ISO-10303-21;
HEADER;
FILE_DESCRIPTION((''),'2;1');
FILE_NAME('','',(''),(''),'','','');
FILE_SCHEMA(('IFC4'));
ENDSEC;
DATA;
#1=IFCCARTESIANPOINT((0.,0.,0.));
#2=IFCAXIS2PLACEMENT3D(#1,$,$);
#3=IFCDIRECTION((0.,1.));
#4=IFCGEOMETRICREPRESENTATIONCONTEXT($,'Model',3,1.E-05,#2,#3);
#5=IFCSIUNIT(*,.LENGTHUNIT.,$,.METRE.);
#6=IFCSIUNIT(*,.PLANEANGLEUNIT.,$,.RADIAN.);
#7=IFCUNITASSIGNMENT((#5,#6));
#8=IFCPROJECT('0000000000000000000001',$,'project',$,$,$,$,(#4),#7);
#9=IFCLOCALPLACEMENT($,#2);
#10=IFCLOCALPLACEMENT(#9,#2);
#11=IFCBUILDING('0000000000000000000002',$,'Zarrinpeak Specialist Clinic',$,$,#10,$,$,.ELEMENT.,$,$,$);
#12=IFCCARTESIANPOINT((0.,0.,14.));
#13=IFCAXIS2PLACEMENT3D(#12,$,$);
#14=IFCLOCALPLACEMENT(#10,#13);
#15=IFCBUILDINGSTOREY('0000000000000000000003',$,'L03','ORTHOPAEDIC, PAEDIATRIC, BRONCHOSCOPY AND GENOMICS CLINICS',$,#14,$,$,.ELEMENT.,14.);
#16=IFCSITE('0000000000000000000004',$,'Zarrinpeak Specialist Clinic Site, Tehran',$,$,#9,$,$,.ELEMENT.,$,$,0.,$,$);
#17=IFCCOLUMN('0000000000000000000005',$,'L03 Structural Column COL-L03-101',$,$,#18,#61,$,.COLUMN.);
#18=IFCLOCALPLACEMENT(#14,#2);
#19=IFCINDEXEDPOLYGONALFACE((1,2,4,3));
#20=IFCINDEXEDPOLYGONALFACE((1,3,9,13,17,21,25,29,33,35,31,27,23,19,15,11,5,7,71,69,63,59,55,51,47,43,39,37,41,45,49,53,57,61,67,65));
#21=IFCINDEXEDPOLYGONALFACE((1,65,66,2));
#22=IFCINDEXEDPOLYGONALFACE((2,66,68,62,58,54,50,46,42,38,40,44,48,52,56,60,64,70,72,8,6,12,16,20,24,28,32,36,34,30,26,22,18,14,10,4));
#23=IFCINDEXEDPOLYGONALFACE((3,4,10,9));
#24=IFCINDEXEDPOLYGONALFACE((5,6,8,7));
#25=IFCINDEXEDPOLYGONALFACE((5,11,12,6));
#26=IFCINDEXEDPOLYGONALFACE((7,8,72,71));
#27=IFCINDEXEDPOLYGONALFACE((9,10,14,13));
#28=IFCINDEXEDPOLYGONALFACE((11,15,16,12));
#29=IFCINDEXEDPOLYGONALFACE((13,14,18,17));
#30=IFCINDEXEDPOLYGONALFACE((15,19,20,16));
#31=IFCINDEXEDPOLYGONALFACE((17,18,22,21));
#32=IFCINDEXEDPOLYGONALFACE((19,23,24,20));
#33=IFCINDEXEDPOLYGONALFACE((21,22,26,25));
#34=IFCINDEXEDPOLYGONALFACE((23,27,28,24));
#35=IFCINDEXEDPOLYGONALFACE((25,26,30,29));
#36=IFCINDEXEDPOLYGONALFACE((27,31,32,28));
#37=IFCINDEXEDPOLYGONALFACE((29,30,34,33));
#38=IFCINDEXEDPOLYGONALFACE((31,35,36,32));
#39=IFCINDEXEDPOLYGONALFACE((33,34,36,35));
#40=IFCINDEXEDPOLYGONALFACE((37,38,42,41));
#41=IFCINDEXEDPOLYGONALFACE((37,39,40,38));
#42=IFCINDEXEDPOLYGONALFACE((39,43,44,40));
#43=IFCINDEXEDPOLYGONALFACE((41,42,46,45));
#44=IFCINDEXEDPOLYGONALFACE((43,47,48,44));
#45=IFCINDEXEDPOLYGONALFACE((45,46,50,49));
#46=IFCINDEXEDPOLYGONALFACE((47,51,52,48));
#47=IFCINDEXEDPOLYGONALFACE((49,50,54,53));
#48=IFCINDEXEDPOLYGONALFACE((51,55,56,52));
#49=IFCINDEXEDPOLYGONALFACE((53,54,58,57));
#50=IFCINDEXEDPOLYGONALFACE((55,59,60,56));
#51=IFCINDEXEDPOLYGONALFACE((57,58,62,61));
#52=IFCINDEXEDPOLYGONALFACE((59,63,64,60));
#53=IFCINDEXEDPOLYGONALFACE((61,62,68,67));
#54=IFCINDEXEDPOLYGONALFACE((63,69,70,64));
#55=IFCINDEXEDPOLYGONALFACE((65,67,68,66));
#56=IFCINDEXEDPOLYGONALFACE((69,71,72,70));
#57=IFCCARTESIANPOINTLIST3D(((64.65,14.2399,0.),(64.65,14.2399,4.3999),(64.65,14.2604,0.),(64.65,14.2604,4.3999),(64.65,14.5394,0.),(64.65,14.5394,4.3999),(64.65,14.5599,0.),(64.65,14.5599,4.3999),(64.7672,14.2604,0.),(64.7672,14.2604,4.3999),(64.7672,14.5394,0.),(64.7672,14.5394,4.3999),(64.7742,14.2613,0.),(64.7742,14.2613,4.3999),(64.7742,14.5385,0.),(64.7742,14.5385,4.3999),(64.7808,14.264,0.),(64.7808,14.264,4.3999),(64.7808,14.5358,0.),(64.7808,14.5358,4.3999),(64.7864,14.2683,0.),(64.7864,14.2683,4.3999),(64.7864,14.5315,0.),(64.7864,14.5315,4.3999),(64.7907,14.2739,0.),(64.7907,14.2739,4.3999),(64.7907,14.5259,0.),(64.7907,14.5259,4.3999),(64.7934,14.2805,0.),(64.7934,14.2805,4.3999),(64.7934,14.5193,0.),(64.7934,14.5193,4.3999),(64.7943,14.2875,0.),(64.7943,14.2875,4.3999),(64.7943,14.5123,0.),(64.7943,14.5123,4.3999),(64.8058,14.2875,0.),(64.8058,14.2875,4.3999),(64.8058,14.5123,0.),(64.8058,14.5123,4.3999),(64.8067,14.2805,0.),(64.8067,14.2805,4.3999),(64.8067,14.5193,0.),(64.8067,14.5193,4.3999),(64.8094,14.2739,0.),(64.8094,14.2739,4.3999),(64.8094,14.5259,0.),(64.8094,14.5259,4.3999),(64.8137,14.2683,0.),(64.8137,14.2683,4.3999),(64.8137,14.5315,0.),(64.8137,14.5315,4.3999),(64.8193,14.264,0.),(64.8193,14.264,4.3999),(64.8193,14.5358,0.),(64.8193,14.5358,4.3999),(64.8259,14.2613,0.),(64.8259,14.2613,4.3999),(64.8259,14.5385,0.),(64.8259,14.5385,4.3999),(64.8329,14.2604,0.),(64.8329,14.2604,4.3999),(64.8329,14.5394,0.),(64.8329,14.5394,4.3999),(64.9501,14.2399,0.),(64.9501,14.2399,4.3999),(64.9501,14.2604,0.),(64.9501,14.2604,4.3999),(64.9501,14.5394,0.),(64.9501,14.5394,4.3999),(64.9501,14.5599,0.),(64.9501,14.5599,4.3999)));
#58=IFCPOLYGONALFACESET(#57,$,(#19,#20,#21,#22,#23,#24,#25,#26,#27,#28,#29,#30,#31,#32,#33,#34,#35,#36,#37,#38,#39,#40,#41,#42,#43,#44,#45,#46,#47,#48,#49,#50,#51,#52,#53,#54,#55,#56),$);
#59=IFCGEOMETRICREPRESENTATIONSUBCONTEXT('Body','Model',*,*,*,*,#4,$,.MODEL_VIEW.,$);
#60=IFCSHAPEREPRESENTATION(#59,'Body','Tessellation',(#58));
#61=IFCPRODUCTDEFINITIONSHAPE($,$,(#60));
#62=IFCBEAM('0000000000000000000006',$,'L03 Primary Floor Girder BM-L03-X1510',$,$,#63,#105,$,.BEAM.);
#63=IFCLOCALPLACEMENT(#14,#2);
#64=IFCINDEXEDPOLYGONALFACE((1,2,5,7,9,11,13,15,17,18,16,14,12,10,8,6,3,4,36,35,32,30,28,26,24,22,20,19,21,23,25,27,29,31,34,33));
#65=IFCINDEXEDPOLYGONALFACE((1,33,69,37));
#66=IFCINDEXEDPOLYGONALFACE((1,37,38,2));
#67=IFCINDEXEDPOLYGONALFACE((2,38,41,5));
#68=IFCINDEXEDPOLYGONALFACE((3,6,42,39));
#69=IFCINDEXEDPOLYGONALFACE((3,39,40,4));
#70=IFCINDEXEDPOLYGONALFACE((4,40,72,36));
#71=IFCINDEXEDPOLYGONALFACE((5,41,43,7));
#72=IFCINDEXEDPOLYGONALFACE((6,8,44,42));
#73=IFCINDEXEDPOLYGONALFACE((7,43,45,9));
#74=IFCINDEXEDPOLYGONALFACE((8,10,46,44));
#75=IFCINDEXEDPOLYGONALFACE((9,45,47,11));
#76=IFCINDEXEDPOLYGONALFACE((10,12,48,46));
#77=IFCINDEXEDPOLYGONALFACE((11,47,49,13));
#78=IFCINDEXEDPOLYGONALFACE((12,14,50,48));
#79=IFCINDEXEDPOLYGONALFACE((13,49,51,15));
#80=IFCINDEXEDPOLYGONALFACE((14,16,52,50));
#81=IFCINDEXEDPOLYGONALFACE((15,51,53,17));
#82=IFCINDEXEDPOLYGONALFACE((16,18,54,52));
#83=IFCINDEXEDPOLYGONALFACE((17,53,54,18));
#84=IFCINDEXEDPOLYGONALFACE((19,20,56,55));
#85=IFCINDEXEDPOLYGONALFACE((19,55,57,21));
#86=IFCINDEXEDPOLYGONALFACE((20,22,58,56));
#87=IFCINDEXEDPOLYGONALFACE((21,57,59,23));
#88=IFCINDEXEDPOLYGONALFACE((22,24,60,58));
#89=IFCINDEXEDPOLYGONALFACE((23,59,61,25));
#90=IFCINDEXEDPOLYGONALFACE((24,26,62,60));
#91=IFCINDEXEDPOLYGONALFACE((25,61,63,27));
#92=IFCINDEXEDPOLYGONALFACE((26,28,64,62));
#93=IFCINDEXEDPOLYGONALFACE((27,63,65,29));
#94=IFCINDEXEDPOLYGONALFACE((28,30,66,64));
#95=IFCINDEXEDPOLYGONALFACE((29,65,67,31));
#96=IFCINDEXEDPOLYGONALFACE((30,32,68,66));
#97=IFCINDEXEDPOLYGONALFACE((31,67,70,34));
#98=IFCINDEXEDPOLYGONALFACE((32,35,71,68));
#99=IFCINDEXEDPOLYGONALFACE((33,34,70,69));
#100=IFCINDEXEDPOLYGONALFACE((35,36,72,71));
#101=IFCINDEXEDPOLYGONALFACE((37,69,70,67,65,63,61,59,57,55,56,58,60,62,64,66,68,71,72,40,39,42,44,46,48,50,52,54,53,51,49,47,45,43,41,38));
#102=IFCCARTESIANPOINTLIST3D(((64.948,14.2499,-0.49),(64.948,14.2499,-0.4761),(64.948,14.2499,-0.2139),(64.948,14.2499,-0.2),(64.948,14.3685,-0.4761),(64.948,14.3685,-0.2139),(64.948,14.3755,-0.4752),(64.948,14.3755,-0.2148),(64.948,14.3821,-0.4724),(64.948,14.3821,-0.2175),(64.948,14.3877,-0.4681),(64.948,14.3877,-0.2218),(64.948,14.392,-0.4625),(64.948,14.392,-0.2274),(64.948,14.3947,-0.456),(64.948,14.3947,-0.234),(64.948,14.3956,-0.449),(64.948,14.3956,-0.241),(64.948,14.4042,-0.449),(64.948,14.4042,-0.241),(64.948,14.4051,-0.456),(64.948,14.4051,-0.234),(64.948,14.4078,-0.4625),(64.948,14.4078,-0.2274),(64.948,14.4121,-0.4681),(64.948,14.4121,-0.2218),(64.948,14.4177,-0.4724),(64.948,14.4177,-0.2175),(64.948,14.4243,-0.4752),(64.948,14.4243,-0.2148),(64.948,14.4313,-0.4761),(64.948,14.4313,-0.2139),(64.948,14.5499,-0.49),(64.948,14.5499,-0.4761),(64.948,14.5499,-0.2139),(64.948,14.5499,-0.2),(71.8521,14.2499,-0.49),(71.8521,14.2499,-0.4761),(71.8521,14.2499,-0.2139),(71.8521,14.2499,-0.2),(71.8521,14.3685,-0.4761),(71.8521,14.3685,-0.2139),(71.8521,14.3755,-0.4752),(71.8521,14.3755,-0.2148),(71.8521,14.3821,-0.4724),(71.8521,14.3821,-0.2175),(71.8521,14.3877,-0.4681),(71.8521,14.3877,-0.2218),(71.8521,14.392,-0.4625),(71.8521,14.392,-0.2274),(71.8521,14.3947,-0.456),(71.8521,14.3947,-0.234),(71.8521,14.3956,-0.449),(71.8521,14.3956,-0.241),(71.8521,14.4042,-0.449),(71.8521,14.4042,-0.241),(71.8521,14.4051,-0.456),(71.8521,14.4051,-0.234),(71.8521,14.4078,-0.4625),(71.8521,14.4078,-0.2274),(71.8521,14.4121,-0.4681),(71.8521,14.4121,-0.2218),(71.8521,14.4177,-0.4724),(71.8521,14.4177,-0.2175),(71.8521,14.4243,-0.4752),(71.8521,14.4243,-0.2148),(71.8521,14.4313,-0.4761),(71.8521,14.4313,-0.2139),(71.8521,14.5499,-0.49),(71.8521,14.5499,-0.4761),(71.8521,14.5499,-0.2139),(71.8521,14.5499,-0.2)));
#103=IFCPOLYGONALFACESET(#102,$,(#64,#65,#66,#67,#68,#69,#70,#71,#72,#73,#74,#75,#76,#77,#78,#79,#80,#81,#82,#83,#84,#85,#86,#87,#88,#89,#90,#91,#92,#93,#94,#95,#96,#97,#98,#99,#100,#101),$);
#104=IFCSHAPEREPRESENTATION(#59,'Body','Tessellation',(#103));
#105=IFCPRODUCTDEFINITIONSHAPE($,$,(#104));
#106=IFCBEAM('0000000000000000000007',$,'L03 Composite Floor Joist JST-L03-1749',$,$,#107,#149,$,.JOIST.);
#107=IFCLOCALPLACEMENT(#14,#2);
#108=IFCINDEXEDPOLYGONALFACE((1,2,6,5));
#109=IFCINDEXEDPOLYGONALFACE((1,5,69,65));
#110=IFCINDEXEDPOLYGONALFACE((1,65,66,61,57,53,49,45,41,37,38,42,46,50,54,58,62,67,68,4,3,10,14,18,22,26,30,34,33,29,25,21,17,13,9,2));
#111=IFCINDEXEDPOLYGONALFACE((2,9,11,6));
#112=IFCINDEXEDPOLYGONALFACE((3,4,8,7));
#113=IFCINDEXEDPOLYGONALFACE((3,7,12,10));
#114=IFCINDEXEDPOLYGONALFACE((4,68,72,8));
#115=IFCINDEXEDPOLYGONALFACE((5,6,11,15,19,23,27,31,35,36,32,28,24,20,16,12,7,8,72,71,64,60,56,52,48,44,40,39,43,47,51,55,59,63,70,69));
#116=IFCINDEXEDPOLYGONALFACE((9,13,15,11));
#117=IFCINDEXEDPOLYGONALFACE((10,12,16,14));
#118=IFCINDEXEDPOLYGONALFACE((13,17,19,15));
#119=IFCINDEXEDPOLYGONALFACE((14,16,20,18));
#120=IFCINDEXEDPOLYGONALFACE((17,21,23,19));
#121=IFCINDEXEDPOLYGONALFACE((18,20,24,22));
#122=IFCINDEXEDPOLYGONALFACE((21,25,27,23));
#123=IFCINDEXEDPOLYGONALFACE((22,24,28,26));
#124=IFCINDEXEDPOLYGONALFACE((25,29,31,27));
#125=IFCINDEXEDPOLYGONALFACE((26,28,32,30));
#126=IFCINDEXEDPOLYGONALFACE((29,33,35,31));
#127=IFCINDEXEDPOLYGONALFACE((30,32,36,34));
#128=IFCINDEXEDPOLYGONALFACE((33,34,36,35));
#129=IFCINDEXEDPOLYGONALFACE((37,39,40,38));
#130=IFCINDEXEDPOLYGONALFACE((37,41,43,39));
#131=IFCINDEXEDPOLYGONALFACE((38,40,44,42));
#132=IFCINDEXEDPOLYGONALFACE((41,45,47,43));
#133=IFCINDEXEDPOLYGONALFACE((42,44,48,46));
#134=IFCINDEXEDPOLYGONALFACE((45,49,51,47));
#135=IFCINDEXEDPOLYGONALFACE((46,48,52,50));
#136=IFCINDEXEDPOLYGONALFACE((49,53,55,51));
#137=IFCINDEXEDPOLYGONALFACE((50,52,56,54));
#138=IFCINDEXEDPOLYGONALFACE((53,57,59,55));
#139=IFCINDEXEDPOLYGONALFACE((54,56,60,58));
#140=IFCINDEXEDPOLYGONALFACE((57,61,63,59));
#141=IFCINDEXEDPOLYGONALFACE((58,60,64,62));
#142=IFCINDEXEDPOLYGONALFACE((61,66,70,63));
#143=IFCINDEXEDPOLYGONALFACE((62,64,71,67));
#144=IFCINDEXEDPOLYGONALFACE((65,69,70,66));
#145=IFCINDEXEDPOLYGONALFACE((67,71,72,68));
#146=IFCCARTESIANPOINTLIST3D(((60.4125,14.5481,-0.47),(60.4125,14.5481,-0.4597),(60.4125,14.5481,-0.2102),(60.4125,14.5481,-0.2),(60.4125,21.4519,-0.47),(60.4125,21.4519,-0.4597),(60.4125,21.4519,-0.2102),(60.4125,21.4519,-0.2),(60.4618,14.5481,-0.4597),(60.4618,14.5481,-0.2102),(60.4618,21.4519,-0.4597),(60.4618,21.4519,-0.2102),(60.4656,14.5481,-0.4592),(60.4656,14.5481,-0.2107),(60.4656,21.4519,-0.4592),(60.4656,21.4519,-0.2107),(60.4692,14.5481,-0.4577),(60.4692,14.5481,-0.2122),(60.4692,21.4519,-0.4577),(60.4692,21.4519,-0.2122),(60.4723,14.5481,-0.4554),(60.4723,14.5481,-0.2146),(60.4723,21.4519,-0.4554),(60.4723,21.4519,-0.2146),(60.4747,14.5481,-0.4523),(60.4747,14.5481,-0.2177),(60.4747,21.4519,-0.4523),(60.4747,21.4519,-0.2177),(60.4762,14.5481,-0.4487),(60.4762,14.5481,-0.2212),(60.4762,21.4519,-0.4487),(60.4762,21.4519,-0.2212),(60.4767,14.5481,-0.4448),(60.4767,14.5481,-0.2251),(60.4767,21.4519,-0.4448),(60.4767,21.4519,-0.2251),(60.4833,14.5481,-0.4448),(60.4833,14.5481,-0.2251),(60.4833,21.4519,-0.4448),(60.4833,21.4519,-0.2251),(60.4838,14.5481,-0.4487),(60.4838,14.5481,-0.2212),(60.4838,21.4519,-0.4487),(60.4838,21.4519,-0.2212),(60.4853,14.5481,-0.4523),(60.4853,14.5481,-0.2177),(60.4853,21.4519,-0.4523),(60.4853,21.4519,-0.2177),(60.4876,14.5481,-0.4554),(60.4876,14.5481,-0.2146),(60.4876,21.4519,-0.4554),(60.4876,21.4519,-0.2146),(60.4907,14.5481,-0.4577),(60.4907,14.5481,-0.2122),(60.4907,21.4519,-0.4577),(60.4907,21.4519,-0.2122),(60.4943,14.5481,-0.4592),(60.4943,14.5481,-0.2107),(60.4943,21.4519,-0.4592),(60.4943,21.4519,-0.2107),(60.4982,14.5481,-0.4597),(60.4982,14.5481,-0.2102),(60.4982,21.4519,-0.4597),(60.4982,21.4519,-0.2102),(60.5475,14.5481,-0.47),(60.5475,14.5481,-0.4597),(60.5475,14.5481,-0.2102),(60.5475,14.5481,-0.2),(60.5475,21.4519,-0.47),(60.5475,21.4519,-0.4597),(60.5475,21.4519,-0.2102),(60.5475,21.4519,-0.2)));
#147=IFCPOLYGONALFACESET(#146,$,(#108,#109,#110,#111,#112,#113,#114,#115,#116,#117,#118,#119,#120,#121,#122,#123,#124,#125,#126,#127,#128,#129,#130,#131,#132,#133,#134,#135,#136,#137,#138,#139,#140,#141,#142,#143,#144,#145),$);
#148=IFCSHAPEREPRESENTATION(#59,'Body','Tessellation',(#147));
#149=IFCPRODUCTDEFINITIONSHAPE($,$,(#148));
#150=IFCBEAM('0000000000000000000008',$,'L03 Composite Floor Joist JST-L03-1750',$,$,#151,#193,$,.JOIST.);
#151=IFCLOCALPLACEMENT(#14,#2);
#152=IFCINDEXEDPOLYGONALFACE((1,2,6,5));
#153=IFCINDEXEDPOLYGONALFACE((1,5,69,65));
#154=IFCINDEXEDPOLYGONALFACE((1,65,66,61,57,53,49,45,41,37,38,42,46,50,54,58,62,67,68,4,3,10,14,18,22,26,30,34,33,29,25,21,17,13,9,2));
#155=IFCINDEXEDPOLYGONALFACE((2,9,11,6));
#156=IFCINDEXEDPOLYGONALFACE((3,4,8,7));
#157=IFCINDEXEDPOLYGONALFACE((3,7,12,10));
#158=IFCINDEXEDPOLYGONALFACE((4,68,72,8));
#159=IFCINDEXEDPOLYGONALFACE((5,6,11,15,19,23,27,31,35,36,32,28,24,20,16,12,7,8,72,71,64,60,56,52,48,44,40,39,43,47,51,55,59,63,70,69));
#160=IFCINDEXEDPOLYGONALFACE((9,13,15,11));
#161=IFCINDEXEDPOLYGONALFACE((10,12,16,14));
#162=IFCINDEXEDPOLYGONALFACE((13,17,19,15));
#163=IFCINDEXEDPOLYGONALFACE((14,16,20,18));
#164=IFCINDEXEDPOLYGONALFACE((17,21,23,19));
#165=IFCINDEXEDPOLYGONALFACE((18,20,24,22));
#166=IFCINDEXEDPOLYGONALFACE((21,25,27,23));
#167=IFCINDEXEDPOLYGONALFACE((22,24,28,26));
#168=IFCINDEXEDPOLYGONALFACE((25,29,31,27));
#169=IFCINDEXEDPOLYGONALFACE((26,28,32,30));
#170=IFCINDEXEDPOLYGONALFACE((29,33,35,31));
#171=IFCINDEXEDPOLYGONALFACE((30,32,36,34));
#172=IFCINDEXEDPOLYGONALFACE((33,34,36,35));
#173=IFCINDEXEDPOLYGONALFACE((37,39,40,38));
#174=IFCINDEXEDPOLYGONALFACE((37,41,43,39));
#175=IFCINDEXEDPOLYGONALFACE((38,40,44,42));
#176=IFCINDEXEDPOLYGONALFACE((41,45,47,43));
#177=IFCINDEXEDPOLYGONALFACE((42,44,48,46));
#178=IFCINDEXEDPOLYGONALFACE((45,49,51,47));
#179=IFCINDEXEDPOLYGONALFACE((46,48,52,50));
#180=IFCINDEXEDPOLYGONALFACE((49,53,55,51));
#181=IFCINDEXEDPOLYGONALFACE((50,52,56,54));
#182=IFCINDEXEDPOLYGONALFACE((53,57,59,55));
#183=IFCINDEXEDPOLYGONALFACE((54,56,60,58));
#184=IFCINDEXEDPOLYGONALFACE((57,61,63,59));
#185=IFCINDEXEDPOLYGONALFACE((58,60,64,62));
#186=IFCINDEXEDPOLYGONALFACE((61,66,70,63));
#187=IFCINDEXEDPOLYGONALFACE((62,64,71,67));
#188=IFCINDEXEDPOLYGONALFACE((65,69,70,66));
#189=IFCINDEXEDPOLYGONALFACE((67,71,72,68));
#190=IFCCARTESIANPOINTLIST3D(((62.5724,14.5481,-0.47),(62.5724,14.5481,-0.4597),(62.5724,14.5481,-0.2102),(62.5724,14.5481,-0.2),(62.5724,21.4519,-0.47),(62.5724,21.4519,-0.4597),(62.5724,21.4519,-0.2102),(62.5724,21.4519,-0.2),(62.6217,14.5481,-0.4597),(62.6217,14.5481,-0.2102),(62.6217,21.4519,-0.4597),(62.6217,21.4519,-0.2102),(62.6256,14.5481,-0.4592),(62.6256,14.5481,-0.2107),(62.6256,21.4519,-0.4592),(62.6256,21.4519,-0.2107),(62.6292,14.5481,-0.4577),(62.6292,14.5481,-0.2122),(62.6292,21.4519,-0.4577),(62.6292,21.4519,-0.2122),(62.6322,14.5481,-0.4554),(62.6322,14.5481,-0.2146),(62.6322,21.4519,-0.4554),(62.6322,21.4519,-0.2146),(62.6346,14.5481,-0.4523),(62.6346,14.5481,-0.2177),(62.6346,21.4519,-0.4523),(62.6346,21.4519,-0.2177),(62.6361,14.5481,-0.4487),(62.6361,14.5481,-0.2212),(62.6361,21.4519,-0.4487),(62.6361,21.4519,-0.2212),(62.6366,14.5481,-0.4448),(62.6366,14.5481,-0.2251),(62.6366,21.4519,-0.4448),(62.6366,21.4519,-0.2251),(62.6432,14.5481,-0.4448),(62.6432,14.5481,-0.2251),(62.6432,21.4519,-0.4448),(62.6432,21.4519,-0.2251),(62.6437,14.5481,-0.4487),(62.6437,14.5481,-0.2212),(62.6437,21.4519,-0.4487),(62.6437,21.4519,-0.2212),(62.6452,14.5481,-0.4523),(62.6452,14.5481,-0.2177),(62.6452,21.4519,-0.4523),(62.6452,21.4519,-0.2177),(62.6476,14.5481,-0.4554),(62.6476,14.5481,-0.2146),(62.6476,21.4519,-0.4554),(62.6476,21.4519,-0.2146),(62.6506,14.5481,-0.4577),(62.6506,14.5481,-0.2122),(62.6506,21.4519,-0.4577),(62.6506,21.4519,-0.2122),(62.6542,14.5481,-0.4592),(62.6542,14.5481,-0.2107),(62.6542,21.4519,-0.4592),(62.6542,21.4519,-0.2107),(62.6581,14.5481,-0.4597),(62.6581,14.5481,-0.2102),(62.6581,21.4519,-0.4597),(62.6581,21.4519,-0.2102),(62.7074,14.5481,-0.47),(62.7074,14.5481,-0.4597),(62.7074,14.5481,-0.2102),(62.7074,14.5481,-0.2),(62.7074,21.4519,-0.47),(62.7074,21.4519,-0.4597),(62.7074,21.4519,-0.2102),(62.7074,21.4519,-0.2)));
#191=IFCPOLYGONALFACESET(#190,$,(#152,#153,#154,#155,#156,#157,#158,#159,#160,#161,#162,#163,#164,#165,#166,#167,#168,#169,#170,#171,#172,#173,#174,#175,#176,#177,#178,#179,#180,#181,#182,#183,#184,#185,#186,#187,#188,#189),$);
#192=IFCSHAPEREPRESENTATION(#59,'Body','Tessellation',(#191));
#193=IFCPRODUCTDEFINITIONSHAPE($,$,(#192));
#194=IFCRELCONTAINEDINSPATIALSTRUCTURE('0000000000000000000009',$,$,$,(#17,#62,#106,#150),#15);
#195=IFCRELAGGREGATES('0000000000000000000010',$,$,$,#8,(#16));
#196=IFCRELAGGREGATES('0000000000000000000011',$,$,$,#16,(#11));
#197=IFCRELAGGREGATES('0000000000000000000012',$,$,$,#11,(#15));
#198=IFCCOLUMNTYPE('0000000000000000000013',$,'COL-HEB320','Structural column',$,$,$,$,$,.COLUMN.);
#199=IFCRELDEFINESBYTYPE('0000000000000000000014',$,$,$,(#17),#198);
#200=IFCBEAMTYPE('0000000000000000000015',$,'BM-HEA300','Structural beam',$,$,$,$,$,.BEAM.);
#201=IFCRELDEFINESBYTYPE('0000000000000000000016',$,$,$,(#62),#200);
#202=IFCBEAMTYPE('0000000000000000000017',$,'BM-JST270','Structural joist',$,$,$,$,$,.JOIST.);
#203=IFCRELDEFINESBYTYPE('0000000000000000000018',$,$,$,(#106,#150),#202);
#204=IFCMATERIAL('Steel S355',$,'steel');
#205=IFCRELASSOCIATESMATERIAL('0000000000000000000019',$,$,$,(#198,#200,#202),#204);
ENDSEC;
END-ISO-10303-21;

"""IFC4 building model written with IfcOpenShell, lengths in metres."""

from ifc_helpers import new_model, si_unit, direction, frame, origin, origin_2d, place, context, subcontext, project, spatial, i_section, extrude, material, material_profile, profile_set, type_object, element, save


model = new_model("IFC4")

# Units and contexts
model_context = context("Model", 3, precision=1e-05, world=origin(), true_north=direction((0.0, 1.0)))
body_context = subcontext(model_context, "Body", "Model", "MODEL_VIEW")
ifc_project = project(units=[si_unit("LENGTHUNIT", "METRE"), si_unit("PLANEANGLEUNIT", "RADIAN")], contexts=[model_context])

# Site, building, storey
site_placement = place(None, origin())
site = spatial("IfcSite", under=ifc_project, at=site_placement, Name="Zarrinpeak Specialist Clinic Site, Tehran", CompositionType="ELEMENT", RefElevation=0.0)
building_placement = place(site_placement, origin())
building = spatial("IfcBuilding", under=site, at=building_placement, Name="Zarrinpeak Specialist Clinic", CompositionType="ELEMENT")
storey_placement = place(building_placement, frame((0.0, 0.0, 14.0)))
storey = spatial("IfcBuildingStorey", under=building, at=storey_placement, Name="L03", Description="ORTHOPAEDIC, PAEDIATRIC, BRONCHOSCOPY AND GENOMICS CLINICS", CompositionType="ELEMENT", Elevation=14.0)

# Column
ifc_material_1 = material(Name="Steel S355", Category="steel")
ifc_material_profile_1 = material_profile(ifc_material_1, i_section(OverallWidth=0.3, OverallDepth=0.3201, WebThickness=0.0115, FlangeThickness=0.0205, FilletRadius=0.0271, at=origin_2d()), Name="HEB 320")
ifc_profile_set_1 = profile_set([ifc_material_profile_1], Name="Steel S355")
column_type = type_object("IfcColumnType", Name="COL-HEB320", Description="Structural column", PredefinedType="COLUMN", material=ifc_profile_set_1)
column_placement = place(storey_placement, frame((64.8, 14.3999, 0.0), z_axis=(0.0, 0.0, 1.0), x_axis=(1.0, 0.0, 0.0)))
element("IfcColumn", 1, at=column_placement, inside=storey, type_object=column_type, Name="L03 Structural Column COL-L03-101", PredefinedType="COLUMN", context=body_context, shape_type="SweptSolid", body=[
    extrude(i_section(OverallWidth=0.3, OverallDepth=0.3201, WebThickness=0.0115, FlangeThickness=0.0205, FilletRadius=0.0271, at=origin_2d()), origin(), (0.0, 0.0, 1.0), 4.3999),
])

# Beams
ifc_material_profile_2 = material_profile(ifc_material_1, i_section(OverallWidth=0.3, OverallDepth=0.29, WebThickness=0.0085, FlangeThickness=0.0139, FilletRadius=0.0271, at=origin_2d()), Name="HEA 300")
ifc_profile_set_2 = profile_set([ifc_material_profile_2], Name="Steel S355")
beam_type_1 = type_object("IfcBeamType", Name="BM-HEA300", Description="Structural beam", PredefinedType="BEAM", material=ifc_profile_set_2)
beam_placement = place(storey_placement, frame((64.948, 14.3999, -0.345), z_axis=(1.0, 0.0, 0.0), x_axis=(0.0, 1.0, 0.0)))
element("IfcBeam", 2, at=beam_placement, inside=storey, type_object=beam_type_1, Name="L03 Primary Floor Girder BM-L03-X1510", PredefinedType="BEAM", context=body_context, shape_type="SweptSolid", body=[
    extrude(i_section(OverallWidth=0.3, OverallDepth=0.29, WebThickness=0.0085, FlangeThickness=0.0139, FilletRadius=0.0271, at=origin_2d()), origin(), (0.0, 0.0, 1.0), 6.9041),
])
ifc_material_profile_3 = material_profile(ifc_material_1, i_section(OverallWidth=0.135, OverallDepth=0.27, WebThickness=0.0066, FlangeThickness=0.0103, FilletRadius=0.0149, at=origin_2d()), Name="IPE 270")
ifc_profile_set_3 = profile_set([ifc_material_profile_3], Name="Steel S355")
beam_type_2 = type_object("IfcBeamType", Name="BM-JST270", Description="Structural joist", PredefinedType="JOIST", material=ifc_profile_set_3)
for number, where, z_axis, x_axis, name in (
    (3, (60.48, 14.5481, -0.335), (0.0, 1.0, 0.0), (-1.0, 0.0, 0.0), "L03 Composite Floor Joist JST-L03-1749"),
    (4, (62.6399, 14.5481, -0.335), (0.0, 1.0, 0.0), (-1.0, 0.0, 0.0), "L03 Composite Floor Joist JST-L03-1750"),
):
    element("IfcBeam", number, at=place(storey_placement, frame(where, z_axis=z_axis, x_axis=x_axis)), inside=storey, type_object=beam_type_2, Name=name, PredefinedType="JOIST", context=body_context, shape_type="SweptSolid", body=[
        extrude(i_section(OverallWidth=0.135, OverallDepth=0.27, WebThickness=0.0066, FlangeThickness=0.0103, FilletRadius=0.0149, at=origin_2d()), origin(), (0.0, 0.0, 1.0), 6.9038),
    ])

save(model, "model.ifc")
